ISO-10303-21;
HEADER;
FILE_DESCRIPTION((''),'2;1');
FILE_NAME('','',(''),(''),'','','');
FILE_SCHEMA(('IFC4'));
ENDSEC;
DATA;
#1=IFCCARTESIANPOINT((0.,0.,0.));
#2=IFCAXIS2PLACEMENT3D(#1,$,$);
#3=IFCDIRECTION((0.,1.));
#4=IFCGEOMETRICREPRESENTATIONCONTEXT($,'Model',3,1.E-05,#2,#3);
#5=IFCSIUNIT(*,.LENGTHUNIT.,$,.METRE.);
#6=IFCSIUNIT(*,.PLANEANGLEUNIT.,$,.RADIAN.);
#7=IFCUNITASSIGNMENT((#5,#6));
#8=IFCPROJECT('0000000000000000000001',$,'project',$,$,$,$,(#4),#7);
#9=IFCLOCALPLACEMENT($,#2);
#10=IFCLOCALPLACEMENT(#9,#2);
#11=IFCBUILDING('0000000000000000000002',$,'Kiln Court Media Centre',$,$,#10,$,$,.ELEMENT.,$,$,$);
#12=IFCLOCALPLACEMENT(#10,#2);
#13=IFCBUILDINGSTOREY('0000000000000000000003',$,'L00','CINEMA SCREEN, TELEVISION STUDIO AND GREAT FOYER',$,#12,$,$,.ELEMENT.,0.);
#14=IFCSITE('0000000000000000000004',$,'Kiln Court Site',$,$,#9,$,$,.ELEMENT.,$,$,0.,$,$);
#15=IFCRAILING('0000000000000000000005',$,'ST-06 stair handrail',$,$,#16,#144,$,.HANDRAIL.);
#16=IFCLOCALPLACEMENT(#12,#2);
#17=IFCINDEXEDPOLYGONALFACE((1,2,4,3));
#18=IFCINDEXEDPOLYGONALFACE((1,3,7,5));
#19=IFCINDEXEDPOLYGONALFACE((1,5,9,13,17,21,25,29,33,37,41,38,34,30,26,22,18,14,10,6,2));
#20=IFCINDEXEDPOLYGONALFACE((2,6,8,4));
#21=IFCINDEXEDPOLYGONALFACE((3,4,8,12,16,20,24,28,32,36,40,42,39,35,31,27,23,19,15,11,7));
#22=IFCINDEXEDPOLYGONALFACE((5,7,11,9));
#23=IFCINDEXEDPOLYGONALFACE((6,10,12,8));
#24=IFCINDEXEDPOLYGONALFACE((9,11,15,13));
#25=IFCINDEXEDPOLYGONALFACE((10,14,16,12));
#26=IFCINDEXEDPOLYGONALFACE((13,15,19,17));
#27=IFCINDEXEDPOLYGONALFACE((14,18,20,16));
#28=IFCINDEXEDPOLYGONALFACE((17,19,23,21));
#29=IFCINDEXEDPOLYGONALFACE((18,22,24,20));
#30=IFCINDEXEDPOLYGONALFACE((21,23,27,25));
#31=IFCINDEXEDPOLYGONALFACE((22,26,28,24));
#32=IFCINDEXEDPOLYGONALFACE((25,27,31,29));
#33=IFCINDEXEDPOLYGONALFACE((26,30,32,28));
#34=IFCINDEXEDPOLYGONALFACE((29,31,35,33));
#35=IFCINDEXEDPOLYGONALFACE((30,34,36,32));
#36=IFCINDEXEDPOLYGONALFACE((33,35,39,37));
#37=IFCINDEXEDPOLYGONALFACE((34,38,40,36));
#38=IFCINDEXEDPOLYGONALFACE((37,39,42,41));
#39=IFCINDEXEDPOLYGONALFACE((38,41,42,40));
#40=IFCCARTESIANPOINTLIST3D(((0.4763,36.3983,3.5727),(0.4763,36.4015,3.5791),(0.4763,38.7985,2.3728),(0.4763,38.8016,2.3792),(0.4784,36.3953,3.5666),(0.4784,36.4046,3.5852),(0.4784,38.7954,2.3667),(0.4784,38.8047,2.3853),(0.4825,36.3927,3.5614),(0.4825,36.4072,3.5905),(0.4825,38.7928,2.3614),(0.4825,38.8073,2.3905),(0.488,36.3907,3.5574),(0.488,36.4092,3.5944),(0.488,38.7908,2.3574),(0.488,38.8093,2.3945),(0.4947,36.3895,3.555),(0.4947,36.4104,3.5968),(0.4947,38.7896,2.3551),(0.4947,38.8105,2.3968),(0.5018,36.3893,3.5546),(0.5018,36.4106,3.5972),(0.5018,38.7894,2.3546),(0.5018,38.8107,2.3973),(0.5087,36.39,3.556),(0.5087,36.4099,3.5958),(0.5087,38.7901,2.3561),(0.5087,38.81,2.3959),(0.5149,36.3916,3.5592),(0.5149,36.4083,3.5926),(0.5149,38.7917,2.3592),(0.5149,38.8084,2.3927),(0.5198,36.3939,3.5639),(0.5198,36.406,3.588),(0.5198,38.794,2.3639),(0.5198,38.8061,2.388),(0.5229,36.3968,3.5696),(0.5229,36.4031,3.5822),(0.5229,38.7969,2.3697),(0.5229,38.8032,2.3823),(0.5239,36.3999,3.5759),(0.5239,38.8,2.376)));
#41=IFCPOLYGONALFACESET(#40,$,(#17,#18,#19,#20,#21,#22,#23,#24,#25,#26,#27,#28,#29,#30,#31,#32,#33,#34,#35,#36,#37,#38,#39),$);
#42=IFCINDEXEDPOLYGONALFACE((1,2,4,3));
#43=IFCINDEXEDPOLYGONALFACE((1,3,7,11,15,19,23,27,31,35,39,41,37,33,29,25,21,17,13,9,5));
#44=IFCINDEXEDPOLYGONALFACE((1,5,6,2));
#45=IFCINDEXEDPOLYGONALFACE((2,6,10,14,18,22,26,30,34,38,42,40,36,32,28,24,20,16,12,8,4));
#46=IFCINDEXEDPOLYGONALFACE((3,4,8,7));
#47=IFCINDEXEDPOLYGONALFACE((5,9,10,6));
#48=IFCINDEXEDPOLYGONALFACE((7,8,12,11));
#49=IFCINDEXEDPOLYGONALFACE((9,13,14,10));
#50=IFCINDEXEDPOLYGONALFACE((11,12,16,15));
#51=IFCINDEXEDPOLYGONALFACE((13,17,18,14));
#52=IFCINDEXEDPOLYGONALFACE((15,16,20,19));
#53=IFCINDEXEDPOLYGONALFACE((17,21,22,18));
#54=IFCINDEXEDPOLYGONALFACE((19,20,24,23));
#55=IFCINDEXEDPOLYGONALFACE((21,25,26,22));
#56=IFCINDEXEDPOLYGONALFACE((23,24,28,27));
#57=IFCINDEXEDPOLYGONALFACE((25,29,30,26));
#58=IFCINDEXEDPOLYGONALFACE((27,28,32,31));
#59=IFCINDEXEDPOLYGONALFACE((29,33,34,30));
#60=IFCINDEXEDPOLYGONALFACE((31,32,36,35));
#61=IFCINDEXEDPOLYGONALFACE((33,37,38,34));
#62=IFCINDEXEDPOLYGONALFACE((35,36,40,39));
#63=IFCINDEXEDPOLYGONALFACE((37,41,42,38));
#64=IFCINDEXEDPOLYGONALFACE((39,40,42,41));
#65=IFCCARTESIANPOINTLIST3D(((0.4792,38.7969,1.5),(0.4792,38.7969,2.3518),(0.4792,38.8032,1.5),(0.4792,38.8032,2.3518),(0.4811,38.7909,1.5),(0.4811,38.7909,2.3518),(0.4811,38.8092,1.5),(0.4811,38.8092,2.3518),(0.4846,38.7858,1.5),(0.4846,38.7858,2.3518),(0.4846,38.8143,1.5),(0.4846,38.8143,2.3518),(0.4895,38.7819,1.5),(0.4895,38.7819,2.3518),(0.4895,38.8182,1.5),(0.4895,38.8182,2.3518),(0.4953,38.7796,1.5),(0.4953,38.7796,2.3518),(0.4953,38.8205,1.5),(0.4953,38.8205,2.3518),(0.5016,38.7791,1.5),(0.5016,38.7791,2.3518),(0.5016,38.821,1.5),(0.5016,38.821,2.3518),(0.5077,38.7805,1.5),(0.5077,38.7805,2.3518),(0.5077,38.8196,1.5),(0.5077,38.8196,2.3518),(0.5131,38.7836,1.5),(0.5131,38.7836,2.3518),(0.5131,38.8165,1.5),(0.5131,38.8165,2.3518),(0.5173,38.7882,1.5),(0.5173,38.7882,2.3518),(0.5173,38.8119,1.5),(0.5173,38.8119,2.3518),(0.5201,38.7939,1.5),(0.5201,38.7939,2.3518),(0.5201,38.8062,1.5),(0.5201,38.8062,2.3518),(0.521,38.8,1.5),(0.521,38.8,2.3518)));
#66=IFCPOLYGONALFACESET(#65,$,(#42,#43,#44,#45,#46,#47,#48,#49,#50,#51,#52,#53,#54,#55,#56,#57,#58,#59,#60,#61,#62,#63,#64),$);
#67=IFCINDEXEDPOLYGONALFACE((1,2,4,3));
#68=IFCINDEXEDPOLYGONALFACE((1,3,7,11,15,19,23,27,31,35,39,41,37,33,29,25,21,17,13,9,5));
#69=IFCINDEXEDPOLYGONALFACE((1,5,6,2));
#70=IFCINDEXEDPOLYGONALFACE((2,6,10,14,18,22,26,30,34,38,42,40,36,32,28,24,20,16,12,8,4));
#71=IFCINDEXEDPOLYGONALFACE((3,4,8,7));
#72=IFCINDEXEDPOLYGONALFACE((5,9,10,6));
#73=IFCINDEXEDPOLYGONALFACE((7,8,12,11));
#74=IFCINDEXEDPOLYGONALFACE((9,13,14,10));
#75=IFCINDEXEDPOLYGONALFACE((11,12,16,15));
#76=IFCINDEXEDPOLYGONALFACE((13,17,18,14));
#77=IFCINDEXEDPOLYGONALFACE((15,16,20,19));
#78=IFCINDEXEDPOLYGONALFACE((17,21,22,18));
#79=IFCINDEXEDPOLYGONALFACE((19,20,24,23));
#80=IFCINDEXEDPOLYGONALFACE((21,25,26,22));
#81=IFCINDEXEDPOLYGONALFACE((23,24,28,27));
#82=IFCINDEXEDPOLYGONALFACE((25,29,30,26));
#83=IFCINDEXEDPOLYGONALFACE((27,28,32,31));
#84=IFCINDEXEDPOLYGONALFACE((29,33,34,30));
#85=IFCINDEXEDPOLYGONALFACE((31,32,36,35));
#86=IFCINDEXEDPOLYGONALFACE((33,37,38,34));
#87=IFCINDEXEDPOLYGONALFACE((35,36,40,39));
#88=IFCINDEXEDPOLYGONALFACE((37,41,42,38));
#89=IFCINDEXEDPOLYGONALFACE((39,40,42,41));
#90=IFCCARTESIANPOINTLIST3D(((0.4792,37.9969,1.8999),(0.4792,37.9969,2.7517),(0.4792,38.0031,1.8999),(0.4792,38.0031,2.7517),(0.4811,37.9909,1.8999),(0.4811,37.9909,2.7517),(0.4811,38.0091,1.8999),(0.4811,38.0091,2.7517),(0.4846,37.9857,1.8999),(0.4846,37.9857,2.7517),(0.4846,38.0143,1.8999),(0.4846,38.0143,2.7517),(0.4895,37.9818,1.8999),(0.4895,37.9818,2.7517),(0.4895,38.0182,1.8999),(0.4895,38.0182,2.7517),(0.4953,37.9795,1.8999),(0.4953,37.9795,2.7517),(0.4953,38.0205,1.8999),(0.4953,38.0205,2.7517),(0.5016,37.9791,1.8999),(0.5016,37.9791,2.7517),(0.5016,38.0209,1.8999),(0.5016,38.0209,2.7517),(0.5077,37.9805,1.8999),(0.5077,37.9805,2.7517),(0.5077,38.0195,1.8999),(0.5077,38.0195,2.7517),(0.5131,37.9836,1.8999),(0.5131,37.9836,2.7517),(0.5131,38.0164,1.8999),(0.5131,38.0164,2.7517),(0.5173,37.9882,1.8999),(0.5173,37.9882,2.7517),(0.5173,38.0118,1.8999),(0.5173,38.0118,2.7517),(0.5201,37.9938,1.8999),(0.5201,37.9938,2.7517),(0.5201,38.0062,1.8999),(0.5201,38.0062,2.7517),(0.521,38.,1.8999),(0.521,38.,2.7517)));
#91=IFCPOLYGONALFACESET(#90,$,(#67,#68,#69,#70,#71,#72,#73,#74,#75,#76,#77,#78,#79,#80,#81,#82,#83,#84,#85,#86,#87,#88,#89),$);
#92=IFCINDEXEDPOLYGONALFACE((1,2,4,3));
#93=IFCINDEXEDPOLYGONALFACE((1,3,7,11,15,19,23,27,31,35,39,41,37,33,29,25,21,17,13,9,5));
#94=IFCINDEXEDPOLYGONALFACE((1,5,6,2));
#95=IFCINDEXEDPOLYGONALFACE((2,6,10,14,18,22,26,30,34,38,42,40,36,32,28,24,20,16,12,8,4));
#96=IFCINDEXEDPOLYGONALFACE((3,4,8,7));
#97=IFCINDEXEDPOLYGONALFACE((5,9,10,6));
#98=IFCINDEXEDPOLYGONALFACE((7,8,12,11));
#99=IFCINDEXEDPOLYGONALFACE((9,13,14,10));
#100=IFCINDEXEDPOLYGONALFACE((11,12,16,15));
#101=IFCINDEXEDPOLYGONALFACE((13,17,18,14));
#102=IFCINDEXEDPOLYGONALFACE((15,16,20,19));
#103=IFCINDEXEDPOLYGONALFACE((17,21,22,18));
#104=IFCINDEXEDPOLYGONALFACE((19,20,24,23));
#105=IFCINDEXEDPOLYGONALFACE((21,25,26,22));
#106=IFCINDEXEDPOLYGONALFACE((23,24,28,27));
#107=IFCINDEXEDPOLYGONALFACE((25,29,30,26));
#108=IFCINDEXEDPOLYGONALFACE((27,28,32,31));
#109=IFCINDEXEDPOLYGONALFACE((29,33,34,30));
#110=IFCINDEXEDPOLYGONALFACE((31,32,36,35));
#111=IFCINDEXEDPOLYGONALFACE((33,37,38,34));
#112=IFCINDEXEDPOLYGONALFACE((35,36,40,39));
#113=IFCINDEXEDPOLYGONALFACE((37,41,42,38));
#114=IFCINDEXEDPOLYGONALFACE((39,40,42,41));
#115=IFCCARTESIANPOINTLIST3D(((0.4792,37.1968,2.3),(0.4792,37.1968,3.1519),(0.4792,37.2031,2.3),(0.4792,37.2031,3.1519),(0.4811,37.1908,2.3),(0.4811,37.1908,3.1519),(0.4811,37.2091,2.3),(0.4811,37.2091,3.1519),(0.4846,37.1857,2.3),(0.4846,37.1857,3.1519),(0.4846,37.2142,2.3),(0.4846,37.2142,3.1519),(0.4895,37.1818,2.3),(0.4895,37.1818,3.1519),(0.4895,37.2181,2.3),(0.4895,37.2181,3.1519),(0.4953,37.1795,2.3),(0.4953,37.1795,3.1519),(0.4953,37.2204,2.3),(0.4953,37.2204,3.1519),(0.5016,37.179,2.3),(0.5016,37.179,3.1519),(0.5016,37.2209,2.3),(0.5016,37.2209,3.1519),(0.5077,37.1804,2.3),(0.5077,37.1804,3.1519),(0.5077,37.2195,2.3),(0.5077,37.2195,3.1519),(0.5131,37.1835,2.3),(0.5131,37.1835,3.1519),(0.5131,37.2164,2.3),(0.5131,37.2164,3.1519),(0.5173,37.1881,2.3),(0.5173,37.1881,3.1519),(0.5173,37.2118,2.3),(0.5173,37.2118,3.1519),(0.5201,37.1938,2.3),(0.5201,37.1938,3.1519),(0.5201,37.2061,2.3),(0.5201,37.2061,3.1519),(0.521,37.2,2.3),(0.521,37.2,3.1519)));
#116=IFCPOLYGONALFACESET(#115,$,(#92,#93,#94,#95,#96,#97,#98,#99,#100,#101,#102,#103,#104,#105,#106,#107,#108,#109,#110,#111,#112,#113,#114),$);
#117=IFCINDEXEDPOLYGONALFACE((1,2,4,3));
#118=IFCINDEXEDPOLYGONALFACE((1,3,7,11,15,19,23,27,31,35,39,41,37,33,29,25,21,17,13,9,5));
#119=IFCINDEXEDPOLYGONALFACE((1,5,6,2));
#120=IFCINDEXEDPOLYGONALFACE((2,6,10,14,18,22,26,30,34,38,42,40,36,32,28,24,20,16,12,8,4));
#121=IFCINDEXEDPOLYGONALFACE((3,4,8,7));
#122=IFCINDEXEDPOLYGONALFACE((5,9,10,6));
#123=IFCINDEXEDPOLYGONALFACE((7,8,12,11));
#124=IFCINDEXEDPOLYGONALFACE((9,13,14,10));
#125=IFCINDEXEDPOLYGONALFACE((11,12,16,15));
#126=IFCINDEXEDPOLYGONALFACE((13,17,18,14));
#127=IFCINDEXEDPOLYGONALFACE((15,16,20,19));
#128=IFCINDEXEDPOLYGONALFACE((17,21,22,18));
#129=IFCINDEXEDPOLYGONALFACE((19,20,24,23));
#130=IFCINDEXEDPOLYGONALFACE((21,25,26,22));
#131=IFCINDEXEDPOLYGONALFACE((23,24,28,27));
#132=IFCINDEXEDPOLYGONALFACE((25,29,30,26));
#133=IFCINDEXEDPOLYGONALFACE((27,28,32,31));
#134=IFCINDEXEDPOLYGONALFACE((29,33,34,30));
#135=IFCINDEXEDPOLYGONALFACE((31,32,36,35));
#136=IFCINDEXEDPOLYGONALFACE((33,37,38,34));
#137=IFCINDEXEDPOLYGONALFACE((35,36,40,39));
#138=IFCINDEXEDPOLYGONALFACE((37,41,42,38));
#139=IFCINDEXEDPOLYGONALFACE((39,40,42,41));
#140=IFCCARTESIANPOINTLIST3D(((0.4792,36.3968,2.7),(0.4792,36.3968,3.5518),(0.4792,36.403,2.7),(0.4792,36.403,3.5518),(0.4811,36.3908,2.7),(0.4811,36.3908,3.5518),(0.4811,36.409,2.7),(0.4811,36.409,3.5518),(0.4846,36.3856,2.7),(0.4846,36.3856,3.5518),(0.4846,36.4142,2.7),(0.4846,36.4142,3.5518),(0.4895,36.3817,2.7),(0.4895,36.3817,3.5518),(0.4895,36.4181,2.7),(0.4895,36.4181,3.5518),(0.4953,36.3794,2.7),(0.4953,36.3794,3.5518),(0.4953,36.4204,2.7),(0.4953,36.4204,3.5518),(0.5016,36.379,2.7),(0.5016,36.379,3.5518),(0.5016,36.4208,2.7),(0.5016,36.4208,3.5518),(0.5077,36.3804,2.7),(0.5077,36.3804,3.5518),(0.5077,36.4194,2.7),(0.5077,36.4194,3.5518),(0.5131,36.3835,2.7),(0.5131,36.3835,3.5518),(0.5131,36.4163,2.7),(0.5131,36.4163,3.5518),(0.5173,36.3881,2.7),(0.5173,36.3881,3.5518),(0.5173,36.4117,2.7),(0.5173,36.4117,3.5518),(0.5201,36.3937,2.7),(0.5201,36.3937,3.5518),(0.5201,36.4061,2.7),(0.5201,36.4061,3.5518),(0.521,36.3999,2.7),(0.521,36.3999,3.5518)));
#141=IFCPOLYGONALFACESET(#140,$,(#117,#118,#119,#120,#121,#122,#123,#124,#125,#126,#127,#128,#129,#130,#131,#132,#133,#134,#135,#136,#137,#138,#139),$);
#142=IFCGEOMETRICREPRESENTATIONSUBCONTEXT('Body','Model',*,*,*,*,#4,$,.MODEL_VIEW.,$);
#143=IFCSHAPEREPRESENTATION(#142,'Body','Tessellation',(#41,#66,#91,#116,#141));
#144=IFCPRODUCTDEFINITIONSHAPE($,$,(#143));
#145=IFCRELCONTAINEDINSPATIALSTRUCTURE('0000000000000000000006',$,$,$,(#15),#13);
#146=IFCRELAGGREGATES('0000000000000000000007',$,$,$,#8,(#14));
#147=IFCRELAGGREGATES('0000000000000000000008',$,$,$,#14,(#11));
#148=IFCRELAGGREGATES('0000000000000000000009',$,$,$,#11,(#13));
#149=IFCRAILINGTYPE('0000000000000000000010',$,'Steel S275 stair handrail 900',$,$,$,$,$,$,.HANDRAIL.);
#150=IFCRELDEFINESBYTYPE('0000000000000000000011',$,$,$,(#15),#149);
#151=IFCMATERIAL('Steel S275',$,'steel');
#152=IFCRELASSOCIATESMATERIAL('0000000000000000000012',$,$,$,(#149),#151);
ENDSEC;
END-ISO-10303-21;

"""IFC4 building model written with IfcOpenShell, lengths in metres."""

from ifc_helpers import new_model, si_unit, direction, frame, origin, origin_2d, place, context, subcontext, project, spatial, circle, extrude, material, type_object, element, save


model = new_model("IFC4")

# Units and contexts
model_context = context("Model", 3, precision=1e-05, world=origin(), true_north=direction((0.0, 1.0)))
body_context = subcontext(model_context, "Body", "Model", "MODEL_VIEW")
ifc_project = project(units=[si_unit("LENGTHUNIT", "METRE"), si_unit("PLANEANGLEUNIT", "RADIAN")], contexts=[model_context])

# Site, building, storey
site_placement = place(None, origin())
site = spatial("IfcSite", under=ifc_project, at=site_placement, Name="Kiln Court Site", CompositionType="ELEMENT", RefElevation=0.0)
building_placement = place(site_placement, origin())
building = spatial("IfcBuilding", under=site, at=building_placement, Name="Kiln Court Media Centre", CompositionType="ELEMENT")
storey_placement = place(building_placement, origin())
storey = spatial("IfcBuildingStorey", under=building, at=storey_placement, Name="L00", Description="CINEMA SCREEN, TELEVISION STUDIO AND GREAT FOYER", CompositionType="ELEMENT", Elevation=0.0)

# Railing
ifc_material_1 = material(Name="Steel S275", Category="steel")
railing_type_1 = type_object("IfcRailingType", Name="Steel S275 stair handrail 900", PredefinedType="HANDRAIL", material=ifc_material_1)
for number, where, name in (
    (1, (0.5, 38.8, 1.5), "ST-06 stair handrail"),
):
    element("IfcRailing", number, at=place(storey_placement, frame(where)), inside=storey, type_object=railing_type_1, Name=name, PredefinedType="HANDRAIL", context=body_context, shape_type="SweptSolid", body=[
        extrude(circle(Radius=0.0239, at=origin_2d()), frame((0.0, 0.0, 0.876), z_axis=(0.0, -0.894445, 0.447177), x_axis=(1.0, 0.0, 0.0)), (0.0, 0.0, 1.0), 2.6833),
        extrude(circle(Radius=0.021, at=origin_2d()), origin(), (0.0, 0.0, 1.0), 0.8518),
        extrude(circle(Radius=0.021, at=origin_2d()), frame((0.0, -0.8, 0.3999)), (0.0, 0.0, 1.0), 0.8518),
        extrude(circle(Radius=0.021, at=origin_2d()), frame((0.0, -1.6001, 0.8)), (0.0, 0.0, 1.0), 0.8518),
        extrude(circle(Radius=0.021, at=origin_2d()), frame((0.0, -2.4001, 1.2)), (0.0, 0.0, 1.0), 0.8518),
    ])

save(model, "model.ifc")
